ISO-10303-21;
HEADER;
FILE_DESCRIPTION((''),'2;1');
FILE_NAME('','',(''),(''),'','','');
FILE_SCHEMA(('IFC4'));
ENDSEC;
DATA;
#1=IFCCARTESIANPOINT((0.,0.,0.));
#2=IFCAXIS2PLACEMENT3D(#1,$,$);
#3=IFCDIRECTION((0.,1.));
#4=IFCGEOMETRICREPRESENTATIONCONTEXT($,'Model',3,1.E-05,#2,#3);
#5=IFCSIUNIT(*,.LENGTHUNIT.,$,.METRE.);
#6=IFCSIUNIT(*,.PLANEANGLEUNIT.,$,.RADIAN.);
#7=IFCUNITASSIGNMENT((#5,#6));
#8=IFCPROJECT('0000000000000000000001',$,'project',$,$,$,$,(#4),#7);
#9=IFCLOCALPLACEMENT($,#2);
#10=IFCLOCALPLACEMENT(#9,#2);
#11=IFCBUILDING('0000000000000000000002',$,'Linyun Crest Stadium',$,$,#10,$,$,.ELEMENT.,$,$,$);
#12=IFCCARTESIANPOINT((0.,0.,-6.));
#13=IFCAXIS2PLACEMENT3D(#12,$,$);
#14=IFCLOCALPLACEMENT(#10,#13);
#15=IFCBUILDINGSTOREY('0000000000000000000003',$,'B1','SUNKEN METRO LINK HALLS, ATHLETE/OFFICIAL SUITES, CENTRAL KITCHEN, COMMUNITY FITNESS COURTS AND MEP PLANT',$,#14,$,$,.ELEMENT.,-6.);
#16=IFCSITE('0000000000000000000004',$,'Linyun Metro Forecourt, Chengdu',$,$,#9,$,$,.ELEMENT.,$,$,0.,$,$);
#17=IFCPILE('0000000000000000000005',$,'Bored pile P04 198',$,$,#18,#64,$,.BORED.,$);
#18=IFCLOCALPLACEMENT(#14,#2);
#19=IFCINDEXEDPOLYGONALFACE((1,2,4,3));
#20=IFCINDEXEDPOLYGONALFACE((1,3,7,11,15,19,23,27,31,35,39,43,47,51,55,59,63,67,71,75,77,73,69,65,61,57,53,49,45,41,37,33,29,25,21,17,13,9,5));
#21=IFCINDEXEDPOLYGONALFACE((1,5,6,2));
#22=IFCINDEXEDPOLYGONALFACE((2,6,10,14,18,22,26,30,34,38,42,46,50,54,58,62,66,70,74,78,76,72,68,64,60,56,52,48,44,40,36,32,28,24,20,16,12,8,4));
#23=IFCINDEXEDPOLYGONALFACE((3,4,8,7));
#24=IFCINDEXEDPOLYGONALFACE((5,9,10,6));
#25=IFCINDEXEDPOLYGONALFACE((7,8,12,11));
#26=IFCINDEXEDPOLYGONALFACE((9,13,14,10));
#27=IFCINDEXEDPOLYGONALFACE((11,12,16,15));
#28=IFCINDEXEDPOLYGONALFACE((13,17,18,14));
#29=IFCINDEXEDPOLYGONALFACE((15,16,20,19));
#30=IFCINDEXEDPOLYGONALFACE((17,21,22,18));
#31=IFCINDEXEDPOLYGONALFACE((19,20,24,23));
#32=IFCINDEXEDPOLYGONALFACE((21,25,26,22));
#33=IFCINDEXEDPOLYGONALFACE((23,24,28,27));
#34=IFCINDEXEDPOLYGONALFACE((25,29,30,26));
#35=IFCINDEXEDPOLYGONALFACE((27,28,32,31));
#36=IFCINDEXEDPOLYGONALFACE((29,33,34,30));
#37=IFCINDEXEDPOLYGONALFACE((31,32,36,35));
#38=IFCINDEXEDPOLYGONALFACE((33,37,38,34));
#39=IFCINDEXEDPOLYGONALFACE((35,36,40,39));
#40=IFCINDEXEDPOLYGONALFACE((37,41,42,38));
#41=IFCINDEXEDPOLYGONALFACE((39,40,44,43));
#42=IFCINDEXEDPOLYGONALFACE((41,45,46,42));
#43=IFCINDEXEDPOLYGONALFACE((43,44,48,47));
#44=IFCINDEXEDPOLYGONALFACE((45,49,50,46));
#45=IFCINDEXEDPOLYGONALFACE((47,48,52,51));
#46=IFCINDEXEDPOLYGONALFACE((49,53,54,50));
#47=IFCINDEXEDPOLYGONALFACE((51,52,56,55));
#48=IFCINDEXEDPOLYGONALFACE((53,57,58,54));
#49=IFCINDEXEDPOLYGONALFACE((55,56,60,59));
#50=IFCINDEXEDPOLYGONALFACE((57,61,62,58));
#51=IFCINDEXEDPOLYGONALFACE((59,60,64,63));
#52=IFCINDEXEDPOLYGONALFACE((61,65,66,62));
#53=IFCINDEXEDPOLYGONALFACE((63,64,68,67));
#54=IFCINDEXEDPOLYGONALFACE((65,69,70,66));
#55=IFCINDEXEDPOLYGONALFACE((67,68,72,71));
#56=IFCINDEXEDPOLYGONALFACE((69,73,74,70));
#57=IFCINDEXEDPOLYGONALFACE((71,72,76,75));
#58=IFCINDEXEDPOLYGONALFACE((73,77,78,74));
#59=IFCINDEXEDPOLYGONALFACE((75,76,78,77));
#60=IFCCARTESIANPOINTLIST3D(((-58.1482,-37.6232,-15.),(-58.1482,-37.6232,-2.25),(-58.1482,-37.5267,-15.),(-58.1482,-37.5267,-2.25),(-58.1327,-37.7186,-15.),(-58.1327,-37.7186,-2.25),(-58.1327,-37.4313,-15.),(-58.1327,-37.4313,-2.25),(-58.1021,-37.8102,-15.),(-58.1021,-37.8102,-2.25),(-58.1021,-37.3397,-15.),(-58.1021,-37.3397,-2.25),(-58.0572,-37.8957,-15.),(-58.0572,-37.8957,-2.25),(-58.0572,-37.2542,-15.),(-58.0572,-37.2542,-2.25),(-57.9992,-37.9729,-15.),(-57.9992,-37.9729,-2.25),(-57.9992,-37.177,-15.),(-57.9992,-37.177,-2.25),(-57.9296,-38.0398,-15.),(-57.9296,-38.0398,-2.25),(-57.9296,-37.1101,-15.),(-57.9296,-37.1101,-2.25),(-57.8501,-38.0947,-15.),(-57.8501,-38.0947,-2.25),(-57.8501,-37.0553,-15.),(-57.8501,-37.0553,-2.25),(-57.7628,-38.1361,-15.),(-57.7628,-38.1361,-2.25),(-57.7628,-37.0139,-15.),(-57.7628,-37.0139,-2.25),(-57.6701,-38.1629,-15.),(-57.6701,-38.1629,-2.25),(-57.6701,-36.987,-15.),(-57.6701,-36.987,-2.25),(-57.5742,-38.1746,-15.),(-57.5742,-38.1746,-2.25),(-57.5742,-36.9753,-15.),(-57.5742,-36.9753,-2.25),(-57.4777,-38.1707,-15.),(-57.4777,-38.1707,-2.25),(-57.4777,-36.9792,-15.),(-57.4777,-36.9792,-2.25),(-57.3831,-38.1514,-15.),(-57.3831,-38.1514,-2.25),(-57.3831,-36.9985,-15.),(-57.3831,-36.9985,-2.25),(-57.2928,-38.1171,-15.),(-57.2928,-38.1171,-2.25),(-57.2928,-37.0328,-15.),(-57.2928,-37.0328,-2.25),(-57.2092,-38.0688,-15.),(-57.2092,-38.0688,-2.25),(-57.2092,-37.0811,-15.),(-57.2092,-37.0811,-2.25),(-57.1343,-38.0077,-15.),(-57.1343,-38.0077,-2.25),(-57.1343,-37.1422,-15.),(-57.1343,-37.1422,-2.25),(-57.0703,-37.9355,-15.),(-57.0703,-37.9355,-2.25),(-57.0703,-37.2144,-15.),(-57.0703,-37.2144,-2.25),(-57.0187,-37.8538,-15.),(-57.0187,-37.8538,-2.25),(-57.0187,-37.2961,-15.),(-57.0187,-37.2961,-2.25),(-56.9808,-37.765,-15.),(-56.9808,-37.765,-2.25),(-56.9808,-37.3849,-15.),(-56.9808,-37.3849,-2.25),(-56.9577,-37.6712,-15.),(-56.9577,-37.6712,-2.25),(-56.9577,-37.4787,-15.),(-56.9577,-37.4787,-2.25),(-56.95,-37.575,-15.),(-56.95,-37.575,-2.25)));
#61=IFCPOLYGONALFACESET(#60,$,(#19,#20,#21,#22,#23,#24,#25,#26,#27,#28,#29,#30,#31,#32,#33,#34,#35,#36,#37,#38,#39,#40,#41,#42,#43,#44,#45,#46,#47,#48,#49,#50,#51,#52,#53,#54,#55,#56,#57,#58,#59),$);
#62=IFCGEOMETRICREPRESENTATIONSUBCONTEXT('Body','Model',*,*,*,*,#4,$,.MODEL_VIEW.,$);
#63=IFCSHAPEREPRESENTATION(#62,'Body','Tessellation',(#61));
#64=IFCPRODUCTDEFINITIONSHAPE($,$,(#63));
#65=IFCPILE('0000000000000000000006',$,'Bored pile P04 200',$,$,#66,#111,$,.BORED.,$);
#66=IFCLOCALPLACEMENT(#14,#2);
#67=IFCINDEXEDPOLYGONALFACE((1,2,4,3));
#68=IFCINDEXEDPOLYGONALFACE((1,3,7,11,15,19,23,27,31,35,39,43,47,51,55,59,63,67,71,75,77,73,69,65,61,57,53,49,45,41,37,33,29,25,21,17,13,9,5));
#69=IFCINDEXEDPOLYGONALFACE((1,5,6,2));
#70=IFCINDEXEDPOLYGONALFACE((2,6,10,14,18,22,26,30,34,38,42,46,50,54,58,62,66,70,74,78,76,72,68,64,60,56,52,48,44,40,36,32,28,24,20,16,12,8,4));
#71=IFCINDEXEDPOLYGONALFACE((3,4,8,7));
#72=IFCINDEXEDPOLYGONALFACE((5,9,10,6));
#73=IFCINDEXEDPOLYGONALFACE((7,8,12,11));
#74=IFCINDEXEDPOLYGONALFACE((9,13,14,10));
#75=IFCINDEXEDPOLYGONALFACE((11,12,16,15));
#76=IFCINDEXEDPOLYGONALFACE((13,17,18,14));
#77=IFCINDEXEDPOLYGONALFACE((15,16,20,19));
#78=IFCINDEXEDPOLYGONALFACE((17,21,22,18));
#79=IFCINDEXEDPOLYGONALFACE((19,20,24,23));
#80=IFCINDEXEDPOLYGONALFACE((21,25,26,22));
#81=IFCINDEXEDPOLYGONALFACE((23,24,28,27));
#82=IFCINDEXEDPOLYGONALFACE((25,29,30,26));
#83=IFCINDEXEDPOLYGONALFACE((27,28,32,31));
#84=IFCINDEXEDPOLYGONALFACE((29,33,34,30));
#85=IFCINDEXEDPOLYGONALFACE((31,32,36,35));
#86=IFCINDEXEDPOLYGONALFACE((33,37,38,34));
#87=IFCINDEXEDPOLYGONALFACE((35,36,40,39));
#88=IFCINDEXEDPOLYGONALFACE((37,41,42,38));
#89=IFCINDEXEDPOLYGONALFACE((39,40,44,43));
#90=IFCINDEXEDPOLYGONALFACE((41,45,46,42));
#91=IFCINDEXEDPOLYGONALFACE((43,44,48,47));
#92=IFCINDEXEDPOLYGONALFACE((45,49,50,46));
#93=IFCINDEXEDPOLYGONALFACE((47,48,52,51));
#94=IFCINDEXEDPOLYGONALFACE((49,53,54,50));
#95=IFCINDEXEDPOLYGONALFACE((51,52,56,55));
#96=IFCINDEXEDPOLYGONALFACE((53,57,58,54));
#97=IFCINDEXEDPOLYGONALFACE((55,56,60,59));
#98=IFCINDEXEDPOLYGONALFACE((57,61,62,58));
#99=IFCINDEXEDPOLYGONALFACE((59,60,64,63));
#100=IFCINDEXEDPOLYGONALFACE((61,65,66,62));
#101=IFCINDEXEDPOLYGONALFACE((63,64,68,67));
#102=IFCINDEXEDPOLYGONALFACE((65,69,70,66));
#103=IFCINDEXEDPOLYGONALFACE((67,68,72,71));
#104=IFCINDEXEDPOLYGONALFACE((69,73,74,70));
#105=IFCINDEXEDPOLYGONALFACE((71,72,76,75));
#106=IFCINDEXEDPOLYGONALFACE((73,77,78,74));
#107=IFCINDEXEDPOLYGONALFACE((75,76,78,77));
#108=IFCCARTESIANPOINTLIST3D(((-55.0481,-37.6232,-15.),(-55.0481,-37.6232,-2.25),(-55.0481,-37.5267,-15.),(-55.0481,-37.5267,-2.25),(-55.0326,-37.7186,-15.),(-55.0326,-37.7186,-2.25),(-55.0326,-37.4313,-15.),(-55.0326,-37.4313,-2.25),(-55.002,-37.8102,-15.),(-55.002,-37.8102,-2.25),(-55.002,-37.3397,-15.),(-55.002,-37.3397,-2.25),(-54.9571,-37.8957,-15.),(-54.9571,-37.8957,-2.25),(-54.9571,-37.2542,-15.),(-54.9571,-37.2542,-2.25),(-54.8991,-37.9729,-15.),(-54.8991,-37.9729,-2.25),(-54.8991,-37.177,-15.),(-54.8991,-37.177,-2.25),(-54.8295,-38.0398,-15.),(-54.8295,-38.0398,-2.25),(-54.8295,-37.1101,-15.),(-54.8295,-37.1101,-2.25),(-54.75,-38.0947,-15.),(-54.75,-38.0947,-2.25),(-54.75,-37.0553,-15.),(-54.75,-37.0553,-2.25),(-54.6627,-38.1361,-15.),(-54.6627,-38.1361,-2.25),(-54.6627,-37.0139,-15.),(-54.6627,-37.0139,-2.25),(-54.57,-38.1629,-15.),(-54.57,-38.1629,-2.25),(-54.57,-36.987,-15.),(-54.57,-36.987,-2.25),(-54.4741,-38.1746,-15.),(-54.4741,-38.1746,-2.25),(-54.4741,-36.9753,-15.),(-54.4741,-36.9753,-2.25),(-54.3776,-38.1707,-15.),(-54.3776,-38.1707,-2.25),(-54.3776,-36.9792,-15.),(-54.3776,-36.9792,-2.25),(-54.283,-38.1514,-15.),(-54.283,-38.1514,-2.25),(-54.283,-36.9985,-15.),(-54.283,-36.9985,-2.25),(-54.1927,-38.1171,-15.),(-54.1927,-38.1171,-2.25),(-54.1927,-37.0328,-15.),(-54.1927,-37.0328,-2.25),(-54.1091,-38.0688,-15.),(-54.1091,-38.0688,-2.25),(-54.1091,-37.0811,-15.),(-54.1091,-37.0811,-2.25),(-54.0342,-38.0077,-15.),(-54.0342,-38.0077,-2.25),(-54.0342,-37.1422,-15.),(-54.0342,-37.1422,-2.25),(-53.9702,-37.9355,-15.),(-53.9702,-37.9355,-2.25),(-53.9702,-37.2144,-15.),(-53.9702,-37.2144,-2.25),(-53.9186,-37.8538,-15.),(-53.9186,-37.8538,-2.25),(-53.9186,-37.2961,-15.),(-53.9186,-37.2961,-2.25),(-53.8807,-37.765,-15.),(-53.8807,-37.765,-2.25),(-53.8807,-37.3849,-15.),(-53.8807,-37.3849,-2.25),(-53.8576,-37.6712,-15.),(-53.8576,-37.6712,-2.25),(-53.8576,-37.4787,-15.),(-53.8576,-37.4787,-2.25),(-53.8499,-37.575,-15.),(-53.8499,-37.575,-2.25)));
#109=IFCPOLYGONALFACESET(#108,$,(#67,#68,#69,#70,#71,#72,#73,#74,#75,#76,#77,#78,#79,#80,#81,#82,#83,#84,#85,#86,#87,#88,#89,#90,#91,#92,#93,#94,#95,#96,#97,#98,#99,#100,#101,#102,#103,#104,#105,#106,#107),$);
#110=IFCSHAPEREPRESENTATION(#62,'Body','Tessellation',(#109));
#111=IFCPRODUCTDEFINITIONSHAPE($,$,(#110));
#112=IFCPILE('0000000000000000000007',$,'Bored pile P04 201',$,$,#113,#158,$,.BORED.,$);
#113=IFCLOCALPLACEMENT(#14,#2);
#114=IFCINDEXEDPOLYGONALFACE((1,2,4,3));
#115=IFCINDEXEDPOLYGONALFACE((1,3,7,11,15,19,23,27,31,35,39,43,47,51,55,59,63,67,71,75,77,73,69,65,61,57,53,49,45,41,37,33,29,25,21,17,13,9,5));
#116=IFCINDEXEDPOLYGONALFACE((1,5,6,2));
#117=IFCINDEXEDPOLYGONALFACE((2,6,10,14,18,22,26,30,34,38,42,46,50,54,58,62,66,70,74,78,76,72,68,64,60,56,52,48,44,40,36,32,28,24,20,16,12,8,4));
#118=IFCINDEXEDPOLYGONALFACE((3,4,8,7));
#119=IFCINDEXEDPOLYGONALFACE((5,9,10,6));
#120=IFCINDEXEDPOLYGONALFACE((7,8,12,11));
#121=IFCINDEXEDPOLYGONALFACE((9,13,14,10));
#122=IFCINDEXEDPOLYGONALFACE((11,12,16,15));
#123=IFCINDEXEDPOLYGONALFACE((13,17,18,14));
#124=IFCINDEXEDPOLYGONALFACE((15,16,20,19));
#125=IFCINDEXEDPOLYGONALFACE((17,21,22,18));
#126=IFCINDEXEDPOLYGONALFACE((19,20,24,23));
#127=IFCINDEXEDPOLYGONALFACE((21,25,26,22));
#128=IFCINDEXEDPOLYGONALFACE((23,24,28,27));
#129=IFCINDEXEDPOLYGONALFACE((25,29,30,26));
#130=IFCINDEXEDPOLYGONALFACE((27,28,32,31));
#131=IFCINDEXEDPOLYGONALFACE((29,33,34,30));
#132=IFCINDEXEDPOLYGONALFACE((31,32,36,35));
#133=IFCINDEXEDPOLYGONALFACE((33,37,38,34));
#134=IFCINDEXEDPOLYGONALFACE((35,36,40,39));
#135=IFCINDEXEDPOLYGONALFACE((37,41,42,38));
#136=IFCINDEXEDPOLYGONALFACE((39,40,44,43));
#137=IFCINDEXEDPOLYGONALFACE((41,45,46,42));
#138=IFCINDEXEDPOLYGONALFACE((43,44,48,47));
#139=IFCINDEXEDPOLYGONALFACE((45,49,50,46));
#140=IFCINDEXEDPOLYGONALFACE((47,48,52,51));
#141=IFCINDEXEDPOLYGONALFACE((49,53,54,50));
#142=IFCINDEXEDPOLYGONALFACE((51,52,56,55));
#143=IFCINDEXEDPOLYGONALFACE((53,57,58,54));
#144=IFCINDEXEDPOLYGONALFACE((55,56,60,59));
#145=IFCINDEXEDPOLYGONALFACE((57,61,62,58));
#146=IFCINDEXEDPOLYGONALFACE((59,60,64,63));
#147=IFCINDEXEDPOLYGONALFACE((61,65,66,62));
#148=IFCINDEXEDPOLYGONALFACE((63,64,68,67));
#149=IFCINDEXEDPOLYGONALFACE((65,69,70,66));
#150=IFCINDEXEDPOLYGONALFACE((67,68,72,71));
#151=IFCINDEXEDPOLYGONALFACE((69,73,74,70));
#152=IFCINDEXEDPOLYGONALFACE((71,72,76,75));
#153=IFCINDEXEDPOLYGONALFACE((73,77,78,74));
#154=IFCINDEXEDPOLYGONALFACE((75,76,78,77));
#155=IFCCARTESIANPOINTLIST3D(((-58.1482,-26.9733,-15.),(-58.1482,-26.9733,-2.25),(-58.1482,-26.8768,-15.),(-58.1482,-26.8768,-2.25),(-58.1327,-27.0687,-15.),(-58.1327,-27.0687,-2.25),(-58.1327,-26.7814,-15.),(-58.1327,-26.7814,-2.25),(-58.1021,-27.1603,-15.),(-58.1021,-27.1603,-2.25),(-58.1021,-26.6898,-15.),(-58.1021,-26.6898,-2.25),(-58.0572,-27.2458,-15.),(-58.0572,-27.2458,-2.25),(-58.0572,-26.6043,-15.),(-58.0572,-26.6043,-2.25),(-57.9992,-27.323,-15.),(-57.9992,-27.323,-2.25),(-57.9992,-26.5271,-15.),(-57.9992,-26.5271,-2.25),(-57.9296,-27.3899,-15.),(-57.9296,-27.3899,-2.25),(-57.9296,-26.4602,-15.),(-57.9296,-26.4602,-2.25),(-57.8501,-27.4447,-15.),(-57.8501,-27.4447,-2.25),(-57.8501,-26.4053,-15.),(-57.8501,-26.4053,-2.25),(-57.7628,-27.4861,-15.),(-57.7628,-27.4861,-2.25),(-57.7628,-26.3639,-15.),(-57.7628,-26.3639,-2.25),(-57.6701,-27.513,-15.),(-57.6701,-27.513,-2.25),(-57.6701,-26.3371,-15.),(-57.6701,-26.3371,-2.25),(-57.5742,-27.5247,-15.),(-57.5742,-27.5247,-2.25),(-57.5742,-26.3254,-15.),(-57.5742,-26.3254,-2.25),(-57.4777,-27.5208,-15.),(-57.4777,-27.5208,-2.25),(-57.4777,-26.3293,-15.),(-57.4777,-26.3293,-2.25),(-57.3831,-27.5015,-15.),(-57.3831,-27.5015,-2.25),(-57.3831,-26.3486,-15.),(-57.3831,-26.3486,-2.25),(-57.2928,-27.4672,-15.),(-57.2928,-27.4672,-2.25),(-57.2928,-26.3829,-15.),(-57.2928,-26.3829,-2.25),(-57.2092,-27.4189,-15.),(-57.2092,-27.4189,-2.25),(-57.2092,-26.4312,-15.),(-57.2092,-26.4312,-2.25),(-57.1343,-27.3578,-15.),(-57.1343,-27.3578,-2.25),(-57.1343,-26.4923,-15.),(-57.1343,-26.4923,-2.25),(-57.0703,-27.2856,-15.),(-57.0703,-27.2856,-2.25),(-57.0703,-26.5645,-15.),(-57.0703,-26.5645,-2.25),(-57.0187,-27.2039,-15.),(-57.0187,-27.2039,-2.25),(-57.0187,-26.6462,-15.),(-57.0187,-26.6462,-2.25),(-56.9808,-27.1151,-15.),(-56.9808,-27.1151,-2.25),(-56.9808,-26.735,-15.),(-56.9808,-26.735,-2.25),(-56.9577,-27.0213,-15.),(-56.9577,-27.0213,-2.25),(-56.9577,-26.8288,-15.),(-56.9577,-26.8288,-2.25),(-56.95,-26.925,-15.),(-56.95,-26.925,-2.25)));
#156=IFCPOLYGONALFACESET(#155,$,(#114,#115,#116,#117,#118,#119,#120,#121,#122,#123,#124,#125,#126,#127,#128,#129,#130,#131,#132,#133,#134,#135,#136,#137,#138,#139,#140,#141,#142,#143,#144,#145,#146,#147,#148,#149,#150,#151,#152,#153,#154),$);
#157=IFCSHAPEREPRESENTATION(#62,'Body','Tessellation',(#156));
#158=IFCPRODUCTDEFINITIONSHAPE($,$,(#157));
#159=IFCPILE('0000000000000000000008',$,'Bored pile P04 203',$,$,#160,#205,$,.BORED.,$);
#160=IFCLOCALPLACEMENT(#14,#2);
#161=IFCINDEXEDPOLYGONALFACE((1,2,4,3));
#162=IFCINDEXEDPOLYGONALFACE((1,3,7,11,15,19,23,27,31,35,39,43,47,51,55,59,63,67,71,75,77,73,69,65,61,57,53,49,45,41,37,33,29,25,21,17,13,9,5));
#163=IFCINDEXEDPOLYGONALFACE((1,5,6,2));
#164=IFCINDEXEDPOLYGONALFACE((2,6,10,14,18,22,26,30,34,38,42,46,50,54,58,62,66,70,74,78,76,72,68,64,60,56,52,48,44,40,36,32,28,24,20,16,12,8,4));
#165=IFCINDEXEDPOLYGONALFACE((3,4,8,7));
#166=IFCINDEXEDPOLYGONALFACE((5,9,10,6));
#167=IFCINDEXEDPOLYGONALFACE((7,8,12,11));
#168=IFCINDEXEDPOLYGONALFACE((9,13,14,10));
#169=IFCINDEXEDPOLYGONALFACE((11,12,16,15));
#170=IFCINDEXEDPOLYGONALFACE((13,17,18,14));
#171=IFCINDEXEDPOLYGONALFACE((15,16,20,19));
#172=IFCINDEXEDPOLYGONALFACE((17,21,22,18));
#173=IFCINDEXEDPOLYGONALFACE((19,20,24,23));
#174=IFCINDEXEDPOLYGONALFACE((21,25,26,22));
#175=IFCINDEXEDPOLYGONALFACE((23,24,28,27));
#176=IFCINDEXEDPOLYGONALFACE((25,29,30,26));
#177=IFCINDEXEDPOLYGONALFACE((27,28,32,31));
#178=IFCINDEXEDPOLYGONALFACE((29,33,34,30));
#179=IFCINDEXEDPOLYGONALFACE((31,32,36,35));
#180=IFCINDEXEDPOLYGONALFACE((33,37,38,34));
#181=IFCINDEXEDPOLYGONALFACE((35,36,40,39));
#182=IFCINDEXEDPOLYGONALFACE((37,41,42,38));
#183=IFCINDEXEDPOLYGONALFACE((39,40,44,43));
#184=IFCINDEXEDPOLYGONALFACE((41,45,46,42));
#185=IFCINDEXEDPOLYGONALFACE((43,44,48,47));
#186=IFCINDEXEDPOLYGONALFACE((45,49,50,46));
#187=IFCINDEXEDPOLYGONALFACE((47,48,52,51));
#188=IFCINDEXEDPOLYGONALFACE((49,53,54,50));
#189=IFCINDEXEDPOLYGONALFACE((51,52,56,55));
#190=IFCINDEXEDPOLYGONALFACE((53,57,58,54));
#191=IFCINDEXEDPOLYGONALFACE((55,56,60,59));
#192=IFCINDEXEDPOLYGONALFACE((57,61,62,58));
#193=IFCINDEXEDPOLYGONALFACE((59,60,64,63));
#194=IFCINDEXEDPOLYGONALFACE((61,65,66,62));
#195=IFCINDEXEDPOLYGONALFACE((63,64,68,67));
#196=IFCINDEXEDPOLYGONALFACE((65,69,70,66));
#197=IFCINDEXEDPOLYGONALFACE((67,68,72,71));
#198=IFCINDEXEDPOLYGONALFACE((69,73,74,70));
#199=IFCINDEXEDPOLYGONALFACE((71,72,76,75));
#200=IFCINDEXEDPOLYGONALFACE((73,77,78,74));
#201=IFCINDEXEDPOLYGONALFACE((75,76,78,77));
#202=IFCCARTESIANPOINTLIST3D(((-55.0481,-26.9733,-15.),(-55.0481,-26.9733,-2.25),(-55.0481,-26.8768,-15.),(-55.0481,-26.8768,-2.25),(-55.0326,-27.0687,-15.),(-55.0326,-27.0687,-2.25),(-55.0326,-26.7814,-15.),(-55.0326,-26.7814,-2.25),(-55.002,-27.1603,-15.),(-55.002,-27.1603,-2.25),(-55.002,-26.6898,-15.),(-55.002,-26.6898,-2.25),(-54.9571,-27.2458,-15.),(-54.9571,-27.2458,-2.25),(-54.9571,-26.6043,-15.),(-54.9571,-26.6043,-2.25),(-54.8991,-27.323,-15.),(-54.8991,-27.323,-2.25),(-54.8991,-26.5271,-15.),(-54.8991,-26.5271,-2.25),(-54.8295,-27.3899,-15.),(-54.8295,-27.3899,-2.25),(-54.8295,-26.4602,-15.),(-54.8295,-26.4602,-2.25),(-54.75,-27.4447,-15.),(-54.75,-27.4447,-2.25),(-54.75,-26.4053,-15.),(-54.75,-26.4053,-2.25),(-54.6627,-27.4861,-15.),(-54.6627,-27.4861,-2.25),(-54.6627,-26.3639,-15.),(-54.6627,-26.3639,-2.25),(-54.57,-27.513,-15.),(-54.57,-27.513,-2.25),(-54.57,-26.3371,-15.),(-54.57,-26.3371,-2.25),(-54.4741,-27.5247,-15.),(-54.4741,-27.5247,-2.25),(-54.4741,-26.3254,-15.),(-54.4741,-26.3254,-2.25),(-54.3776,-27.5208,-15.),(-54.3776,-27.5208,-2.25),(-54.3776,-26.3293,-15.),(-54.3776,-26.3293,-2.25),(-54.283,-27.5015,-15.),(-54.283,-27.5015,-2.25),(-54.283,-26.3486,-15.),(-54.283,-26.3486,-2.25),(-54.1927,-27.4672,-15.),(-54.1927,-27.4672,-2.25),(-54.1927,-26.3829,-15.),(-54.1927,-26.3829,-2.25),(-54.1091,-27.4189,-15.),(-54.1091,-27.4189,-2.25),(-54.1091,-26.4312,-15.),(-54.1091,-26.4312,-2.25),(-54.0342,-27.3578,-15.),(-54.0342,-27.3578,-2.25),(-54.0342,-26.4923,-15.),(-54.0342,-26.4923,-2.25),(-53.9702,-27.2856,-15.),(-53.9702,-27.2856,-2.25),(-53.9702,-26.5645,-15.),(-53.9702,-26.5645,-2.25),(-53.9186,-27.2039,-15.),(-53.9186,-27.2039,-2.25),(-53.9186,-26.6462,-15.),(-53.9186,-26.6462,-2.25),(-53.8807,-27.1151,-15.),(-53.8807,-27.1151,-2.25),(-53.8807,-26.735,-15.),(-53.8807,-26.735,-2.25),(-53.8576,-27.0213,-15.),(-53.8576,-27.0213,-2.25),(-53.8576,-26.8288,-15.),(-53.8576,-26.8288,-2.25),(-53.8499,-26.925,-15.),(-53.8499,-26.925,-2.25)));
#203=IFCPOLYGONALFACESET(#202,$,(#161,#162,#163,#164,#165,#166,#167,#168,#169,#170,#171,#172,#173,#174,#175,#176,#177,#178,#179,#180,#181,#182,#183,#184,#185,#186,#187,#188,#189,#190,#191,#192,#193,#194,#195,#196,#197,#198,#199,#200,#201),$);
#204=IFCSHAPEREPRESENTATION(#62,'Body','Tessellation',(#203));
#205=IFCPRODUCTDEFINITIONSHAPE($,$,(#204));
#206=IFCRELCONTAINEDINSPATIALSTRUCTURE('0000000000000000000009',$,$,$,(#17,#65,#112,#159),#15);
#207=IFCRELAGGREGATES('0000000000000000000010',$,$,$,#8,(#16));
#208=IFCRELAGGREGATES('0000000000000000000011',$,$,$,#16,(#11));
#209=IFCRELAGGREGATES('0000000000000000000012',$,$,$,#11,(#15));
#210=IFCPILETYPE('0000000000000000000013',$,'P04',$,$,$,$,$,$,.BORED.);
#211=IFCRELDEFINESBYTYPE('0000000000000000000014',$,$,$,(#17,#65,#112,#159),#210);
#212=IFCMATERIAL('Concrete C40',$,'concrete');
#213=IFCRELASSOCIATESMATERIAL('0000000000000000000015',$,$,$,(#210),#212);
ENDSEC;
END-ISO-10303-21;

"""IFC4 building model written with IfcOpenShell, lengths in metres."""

from ifc_helpers import new_model, si_unit, direction, frame, origin, origin_2d, place, context, subcontext, project, spatial, circle, extrude, material, material_profile, profile_set, type_object, element, save


model = new_model("IFC4")

# Units and contexts
model_context = context("Model", 3, precision=1e-05, world=origin(), true_north=direction((0.0, 1.0)))
body_context = subcontext(model_context, "Body", "Model", "MODEL_VIEW")
ifc_project = project(units=[si_unit("LENGTHUNIT", "METRE"), si_unit("PLANEANGLEUNIT", "RADIAN")], contexts=[model_context])

# Site, building, storey
site_placement = place(None, origin())
site = spatial("IfcSite", under=ifc_project, at=site_placement, Name="Linyun Metro Forecourt, Chengdu", CompositionType="ELEMENT", RefElevation=0.0)
building_placement = place(site_placement, origin())
building = spatial("IfcBuilding", under=site, at=building_placement, Name="Linyun Crest Stadium", CompositionType="ELEMENT")
storey_placement = place(building_placement, frame((0.0, 0.0, -6.0)))
storey = spatial("IfcBuildingStorey", under=building, at=storey_placement, Name="B1", Description="SUNKEN METRO LINK HALLS, ATHLETE/OFFICIAL SUITES, CENTRAL KITCHEN, COMMUNITY FITNESS COURTS AND MEP PLANT", CompositionType="ELEMENT", Elevation=-6.0)

# Piles
ifc_material_1 = material(Name="Concrete C40", Category="concrete")
ifc_material_profile_1 = material_profile(ifc_material_1, circle(Radius=0.6001, at=origin_2d()), Name="BORED PILE 1200")
ifc_profile_set_1 = profile_set([ifc_material_profile_1], Name="Concrete C40")
pile_type_1 = type_object("IfcPileType", Name="P04", PredefinedType="BORED", material=ifc_profile_set_1)
for number, where, z_axis, x_axis, name in (
    (1, (-57.55, -37.575, -2.25), (0.0, 0.0, -1.0), (1.0, 0.0, 0.0), "Bored pile P04 198"),
    (2, (-54.45, -37.575, -2.25), (0.0, 0.0, -1.0), (1.0, 0.0, 0.0), "Bored pile P04 200"),
    (3, (-57.55, -26.925, -2.25), (0.0, 0.0, -1.0), (1.0, 0.0, 0.0), "Bored pile P04 201"),
    (4, (-54.45, -26.925, -2.25), (0.0, 0.0, -1.0), (1.0, 0.0, 0.0), "Bored pile P04 203"),
):
    element("IfcPile", number, at=place(storey_placement, frame(where, z_axis=z_axis, x_axis=x_axis)), inside=storey, type_object=pile_type_1, Name=name, PredefinedType="BORED", context=body_context, shape_type="SweptSolid", body=[
        extrude(circle(Radius=0.6001, at=origin_2d()), origin(), (0.0, 0.0, 1.0), 12.75),
    ])

save(model, "model.ifc")
